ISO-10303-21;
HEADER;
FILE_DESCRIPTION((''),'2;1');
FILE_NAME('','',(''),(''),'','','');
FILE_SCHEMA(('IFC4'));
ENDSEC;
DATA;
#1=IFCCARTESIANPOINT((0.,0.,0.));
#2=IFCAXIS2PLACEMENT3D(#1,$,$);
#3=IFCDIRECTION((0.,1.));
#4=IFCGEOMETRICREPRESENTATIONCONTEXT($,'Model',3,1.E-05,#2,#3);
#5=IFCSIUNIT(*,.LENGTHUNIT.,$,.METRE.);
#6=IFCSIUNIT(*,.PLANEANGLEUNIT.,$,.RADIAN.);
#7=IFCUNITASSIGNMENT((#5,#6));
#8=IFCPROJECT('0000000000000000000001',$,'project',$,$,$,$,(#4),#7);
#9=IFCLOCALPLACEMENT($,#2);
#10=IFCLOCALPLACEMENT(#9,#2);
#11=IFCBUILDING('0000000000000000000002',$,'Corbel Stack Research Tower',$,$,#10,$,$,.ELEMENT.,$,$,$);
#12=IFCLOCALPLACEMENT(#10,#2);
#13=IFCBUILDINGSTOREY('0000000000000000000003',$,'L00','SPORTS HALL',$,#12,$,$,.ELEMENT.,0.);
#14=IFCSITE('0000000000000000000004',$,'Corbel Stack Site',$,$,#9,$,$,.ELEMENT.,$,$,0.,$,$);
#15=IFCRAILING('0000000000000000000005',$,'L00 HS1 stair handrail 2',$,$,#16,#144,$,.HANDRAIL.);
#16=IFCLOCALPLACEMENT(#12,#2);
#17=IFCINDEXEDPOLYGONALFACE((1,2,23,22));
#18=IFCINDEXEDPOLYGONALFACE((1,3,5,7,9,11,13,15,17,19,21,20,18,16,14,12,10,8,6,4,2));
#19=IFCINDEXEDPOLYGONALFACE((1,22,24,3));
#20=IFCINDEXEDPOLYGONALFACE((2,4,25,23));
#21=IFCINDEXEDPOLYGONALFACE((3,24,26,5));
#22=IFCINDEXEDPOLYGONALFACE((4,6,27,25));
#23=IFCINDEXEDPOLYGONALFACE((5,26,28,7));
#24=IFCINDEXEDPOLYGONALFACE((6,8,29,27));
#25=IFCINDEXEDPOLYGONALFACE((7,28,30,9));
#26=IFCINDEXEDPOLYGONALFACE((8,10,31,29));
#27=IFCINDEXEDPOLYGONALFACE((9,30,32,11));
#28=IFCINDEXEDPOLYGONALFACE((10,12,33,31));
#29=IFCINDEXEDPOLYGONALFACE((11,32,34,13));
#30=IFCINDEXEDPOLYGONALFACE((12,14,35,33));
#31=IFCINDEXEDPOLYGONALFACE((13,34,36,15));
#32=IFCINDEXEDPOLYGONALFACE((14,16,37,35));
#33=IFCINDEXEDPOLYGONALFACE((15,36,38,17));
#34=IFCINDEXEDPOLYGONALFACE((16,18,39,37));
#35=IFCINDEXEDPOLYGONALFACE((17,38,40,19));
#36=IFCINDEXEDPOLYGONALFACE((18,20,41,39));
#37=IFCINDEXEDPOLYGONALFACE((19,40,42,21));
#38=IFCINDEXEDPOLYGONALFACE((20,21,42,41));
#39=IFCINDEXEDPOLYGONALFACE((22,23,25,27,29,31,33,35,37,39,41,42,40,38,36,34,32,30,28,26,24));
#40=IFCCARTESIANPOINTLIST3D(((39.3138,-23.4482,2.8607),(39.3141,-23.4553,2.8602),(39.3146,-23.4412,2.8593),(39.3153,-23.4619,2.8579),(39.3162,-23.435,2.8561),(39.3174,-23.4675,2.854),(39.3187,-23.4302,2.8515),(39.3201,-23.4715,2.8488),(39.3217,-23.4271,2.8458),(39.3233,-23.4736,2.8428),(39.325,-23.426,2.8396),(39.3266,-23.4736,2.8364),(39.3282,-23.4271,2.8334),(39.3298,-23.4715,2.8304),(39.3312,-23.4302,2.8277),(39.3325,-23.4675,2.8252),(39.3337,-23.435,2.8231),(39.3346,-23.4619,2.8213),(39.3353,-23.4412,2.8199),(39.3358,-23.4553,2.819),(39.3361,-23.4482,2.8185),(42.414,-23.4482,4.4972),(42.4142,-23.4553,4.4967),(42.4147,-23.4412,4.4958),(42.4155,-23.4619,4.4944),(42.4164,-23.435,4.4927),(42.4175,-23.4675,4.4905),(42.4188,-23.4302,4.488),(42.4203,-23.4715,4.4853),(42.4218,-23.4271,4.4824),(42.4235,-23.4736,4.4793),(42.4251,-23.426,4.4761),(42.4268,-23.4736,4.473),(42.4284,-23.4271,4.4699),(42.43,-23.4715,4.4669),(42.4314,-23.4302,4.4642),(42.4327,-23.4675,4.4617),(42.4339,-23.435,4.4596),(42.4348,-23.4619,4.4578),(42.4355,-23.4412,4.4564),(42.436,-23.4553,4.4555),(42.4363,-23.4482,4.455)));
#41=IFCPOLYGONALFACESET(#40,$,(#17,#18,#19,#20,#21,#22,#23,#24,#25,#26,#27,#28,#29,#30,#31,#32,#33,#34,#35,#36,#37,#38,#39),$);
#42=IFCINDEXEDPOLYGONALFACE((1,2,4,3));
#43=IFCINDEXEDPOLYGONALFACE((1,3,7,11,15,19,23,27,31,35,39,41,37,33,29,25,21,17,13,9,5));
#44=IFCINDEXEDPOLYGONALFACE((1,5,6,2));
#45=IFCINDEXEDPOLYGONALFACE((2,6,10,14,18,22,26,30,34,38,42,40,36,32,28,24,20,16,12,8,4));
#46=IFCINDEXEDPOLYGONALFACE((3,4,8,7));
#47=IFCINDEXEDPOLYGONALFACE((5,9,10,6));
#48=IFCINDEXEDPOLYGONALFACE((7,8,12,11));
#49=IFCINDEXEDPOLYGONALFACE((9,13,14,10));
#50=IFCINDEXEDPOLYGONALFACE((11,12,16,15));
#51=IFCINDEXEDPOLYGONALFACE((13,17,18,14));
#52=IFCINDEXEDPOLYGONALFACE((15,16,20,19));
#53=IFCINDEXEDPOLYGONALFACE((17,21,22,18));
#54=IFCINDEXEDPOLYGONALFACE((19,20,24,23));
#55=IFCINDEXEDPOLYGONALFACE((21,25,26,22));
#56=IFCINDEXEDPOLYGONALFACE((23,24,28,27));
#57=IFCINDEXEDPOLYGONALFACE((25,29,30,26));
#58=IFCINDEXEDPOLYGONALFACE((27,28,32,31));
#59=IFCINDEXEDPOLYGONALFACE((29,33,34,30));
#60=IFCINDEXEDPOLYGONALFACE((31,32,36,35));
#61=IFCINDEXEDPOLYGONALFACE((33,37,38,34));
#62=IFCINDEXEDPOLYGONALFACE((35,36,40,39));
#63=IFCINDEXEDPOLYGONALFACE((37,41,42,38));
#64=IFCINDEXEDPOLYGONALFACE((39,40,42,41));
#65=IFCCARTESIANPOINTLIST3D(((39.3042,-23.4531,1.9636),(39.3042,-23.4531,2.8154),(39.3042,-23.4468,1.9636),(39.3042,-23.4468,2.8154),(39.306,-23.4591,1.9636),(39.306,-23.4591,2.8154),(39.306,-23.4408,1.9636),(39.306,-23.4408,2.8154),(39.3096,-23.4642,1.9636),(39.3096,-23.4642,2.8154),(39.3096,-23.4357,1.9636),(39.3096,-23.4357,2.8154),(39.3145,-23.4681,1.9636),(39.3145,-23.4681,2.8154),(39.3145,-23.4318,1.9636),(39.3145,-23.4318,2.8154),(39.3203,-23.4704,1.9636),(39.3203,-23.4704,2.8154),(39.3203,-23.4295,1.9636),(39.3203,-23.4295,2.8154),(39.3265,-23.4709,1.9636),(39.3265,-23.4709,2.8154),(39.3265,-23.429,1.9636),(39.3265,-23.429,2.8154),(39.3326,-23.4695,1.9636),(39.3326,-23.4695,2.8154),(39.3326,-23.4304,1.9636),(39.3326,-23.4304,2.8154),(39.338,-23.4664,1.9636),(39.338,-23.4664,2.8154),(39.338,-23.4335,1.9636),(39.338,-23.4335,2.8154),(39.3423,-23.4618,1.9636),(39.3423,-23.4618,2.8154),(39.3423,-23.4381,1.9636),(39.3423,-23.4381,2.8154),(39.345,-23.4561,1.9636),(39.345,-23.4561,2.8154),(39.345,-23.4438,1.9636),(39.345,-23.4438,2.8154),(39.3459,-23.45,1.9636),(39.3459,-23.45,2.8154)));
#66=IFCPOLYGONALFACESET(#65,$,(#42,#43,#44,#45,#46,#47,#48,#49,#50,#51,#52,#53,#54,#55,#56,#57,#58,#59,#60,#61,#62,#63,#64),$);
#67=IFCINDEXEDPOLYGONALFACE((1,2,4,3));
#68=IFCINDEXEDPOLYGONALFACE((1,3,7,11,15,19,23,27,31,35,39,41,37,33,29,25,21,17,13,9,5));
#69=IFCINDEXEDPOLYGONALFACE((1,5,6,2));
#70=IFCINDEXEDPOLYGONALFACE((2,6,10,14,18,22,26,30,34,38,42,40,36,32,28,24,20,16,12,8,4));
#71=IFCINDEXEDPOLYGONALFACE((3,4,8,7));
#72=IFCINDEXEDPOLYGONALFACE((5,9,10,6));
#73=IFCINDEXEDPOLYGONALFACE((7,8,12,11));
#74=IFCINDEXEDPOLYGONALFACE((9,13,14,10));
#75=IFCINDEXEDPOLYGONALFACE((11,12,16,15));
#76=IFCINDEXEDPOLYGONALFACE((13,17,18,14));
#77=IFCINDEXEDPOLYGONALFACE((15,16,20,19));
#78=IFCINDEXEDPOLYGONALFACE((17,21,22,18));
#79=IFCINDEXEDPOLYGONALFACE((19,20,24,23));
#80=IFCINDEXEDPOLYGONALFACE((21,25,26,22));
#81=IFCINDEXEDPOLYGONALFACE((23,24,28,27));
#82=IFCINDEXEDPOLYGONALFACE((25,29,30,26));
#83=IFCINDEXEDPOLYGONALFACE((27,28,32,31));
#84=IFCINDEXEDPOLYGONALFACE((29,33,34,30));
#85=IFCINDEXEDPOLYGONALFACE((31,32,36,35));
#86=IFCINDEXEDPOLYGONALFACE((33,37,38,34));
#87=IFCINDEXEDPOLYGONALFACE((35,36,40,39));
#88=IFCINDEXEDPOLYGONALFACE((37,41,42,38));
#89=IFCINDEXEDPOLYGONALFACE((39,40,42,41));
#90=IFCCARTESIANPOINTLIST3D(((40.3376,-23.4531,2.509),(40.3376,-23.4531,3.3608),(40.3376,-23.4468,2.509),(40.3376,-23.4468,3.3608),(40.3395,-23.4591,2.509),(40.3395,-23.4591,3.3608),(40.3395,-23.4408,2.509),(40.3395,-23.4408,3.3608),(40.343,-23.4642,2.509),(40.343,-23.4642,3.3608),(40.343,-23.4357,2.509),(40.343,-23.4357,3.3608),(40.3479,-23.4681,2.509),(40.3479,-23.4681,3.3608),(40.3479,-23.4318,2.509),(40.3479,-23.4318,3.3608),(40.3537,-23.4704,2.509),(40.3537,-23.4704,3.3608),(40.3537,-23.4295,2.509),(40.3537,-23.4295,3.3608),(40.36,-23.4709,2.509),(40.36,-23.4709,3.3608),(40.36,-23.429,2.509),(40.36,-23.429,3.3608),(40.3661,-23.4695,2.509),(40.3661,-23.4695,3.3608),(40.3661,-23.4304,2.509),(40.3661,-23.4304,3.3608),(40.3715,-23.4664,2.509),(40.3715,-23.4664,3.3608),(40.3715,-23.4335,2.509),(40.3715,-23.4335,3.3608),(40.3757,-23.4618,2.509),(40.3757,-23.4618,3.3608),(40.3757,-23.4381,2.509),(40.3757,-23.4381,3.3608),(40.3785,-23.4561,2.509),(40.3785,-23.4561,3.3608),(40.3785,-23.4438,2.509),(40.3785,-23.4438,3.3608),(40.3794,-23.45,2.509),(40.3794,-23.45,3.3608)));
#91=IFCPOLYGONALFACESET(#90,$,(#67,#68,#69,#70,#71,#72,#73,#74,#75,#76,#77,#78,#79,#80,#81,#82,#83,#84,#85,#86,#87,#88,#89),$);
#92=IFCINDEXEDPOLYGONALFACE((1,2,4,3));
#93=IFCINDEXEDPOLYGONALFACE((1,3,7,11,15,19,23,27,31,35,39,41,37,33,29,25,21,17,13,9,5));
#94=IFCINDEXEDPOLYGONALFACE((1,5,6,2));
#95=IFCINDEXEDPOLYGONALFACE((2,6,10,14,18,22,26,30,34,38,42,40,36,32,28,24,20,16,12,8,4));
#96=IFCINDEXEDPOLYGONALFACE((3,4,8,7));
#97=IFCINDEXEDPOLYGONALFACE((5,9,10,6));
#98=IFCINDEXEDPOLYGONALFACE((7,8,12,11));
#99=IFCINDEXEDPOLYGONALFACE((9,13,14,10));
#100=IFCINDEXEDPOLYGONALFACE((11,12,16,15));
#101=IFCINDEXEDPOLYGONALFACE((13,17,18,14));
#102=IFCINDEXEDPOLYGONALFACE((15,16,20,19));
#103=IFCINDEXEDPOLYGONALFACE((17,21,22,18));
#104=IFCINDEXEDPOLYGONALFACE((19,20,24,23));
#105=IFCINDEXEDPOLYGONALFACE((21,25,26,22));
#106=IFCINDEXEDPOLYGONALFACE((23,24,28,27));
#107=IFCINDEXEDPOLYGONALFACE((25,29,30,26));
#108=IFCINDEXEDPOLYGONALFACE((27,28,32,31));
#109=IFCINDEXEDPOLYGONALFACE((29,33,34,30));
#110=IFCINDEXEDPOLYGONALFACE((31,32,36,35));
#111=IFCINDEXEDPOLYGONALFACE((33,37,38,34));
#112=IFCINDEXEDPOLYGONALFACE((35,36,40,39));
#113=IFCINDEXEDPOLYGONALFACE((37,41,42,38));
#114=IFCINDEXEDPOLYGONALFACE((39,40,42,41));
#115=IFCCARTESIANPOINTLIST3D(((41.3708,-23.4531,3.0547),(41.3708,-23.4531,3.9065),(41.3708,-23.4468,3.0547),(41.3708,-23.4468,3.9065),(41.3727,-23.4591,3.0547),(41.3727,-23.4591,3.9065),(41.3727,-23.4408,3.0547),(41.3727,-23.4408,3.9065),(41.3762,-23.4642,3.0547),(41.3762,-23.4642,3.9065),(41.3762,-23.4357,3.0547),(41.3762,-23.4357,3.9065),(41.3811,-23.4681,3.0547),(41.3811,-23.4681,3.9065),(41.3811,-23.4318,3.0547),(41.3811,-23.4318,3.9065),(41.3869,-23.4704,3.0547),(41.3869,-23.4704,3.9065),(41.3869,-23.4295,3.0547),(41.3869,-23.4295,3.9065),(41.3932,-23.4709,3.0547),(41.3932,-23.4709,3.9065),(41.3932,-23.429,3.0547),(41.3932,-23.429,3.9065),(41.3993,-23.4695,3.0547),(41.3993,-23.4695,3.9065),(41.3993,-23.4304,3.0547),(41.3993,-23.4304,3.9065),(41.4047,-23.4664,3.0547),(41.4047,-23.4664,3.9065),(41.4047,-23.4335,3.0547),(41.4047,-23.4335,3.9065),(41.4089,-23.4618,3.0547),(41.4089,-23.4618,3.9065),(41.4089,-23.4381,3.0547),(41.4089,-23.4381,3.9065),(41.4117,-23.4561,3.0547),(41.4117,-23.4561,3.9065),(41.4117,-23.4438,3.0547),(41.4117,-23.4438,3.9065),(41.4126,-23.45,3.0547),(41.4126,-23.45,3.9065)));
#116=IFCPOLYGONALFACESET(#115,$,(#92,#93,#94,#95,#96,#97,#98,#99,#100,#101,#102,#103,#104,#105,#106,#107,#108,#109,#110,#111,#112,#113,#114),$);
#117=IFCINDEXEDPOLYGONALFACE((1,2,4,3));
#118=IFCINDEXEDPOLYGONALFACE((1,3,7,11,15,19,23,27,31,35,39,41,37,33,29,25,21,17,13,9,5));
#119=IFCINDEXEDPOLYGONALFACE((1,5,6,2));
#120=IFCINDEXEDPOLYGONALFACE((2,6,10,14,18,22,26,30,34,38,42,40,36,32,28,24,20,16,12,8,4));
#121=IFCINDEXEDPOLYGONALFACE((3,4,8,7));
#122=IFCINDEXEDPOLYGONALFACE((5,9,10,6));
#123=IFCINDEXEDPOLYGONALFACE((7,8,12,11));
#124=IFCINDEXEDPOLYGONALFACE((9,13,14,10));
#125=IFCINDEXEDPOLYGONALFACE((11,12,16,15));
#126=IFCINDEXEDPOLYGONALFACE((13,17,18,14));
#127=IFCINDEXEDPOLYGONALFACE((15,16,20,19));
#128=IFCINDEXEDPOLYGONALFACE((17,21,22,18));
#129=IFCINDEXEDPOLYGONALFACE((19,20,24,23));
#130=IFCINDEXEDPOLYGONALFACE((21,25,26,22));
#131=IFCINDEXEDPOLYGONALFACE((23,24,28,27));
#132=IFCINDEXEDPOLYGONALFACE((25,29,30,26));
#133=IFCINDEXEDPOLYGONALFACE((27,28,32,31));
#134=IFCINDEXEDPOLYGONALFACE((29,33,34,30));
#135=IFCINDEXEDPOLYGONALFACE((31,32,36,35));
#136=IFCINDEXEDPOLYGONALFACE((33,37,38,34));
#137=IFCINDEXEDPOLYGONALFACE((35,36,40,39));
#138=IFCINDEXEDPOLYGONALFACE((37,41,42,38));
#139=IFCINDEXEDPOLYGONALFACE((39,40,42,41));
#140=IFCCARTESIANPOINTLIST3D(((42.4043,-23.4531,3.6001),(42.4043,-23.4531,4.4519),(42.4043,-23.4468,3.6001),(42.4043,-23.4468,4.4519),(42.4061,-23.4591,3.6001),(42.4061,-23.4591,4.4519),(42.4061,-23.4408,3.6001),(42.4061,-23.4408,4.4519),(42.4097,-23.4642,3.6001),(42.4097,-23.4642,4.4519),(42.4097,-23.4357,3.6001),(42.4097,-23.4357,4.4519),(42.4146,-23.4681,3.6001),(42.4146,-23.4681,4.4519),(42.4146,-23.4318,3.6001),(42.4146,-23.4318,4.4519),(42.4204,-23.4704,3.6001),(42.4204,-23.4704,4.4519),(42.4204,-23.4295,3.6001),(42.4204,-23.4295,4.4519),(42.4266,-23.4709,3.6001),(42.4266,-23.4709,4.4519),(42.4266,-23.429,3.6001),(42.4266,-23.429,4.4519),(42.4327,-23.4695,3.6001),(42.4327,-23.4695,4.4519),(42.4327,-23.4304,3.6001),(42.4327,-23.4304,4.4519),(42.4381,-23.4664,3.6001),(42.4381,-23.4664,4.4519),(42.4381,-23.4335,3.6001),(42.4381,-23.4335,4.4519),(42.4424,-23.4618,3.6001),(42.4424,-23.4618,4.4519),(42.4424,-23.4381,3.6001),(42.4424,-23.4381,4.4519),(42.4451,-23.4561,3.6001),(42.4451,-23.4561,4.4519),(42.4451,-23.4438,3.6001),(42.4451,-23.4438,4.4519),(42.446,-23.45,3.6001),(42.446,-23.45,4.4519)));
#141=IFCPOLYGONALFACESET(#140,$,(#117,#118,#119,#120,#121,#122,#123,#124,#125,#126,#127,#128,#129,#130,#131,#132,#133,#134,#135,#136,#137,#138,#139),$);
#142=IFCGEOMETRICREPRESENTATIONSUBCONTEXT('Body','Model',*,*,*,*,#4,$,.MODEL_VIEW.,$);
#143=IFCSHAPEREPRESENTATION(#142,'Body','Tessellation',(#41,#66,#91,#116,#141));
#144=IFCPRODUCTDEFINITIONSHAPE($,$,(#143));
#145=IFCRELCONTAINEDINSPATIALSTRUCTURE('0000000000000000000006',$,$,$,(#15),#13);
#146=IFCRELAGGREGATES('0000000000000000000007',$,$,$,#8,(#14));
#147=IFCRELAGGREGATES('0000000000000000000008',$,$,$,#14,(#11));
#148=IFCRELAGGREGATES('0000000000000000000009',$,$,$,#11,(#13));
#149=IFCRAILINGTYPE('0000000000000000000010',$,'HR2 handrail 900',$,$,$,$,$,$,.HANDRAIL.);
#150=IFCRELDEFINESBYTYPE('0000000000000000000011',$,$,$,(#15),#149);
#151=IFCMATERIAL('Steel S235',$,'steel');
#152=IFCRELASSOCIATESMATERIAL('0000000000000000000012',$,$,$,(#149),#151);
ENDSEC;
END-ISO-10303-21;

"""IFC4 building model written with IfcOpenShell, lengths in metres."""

from ifc_helpers import new_model, si_unit, direction, frame, origin, origin_2d, place, context, subcontext, project, spatial, circle, extrude, material, type_object, element, save


model = new_model("IFC4")

# Units and contexts
model_context = context("Model", 3, precision=1e-05, world=origin(), true_north=direction((0.0, 1.0)))
body_context = subcontext(model_context, "Body", "Model", "MODEL_VIEW")
ifc_project = project(units=[si_unit("LENGTHUNIT", "METRE"), si_unit("PLANEANGLEUNIT", "RADIAN")], contexts=[model_context])

# Site, building, storey
site_placement = place(None, origin())
site = spatial("IfcSite", under=ifc_project, at=site_placement, Name="Corbel Stack Site", CompositionType="ELEMENT", RefElevation=0.0)
building_placement = place(site_placement, origin())
building = spatial("IfcBuilding", under=site, at=building_placement, Name="Corbel Stack Research Tower", CompositionType="ELEMENT")
storey_placement = place(building_placement, origin())
storey = spatial("IfcBuildingStorey", under=building, at=storey_placement, Name="L00", Description="SPORTS HALL", CompositionType="ELEMENT", Elevation=0.0)

# Railing
ifc_material_1 = material(Name="Steel S235", Category="steel")
railing_type_1 = type_object("IfcRailingType", Name="HR2 handrail 900", PredefinedType="HANDRAIL", material=ifc_material_1)
railing_1_placement = place(storey_placement, frame((39.325, -23.45, 1.9636)))
element("IfcRailing", 1, at=railing_1_placement, inside=storey, type_object=railing_type_1, Name="L00 HS1 stair handrail 2", PredefinedType="HANDRAIL", context=body_context, shape_type="SweptSolid", body=[
    extrude(circle(Radius=0.0239, at=origin_2d()), frame((0.0, 0.0, 0.876), z_axis=(0.884348, 0.0, 0.466828), x_axis=(0.0, 1.0, 0.0)), (0.0, 0.0, 1.0), 3.5056),
    extrude(circle(Radius=0.021, at=origin_2d()), origin(), (0.0, 0.0, 1.0), 0.8518),
    extrude(circle(Radius=0.021, at=origin_2d()), frame((1.0334, 0.0, 0.5454)), (0.0, 0.0, 1.0), 0.8518),
    extrude(circle(Radius=0.021, at=origin_2d()), frame((2.0667, 0.0, 1.0911)), (0.0, 0.0, 1.0), 0.8518),
    extrude(circle(Radius=0.021, at=origin_2d()), frame((3.1001, 0.0, 1.6365)), (0.0, 0.0, 1.0), 0.8518),
])

save(model, "model.ifc")
